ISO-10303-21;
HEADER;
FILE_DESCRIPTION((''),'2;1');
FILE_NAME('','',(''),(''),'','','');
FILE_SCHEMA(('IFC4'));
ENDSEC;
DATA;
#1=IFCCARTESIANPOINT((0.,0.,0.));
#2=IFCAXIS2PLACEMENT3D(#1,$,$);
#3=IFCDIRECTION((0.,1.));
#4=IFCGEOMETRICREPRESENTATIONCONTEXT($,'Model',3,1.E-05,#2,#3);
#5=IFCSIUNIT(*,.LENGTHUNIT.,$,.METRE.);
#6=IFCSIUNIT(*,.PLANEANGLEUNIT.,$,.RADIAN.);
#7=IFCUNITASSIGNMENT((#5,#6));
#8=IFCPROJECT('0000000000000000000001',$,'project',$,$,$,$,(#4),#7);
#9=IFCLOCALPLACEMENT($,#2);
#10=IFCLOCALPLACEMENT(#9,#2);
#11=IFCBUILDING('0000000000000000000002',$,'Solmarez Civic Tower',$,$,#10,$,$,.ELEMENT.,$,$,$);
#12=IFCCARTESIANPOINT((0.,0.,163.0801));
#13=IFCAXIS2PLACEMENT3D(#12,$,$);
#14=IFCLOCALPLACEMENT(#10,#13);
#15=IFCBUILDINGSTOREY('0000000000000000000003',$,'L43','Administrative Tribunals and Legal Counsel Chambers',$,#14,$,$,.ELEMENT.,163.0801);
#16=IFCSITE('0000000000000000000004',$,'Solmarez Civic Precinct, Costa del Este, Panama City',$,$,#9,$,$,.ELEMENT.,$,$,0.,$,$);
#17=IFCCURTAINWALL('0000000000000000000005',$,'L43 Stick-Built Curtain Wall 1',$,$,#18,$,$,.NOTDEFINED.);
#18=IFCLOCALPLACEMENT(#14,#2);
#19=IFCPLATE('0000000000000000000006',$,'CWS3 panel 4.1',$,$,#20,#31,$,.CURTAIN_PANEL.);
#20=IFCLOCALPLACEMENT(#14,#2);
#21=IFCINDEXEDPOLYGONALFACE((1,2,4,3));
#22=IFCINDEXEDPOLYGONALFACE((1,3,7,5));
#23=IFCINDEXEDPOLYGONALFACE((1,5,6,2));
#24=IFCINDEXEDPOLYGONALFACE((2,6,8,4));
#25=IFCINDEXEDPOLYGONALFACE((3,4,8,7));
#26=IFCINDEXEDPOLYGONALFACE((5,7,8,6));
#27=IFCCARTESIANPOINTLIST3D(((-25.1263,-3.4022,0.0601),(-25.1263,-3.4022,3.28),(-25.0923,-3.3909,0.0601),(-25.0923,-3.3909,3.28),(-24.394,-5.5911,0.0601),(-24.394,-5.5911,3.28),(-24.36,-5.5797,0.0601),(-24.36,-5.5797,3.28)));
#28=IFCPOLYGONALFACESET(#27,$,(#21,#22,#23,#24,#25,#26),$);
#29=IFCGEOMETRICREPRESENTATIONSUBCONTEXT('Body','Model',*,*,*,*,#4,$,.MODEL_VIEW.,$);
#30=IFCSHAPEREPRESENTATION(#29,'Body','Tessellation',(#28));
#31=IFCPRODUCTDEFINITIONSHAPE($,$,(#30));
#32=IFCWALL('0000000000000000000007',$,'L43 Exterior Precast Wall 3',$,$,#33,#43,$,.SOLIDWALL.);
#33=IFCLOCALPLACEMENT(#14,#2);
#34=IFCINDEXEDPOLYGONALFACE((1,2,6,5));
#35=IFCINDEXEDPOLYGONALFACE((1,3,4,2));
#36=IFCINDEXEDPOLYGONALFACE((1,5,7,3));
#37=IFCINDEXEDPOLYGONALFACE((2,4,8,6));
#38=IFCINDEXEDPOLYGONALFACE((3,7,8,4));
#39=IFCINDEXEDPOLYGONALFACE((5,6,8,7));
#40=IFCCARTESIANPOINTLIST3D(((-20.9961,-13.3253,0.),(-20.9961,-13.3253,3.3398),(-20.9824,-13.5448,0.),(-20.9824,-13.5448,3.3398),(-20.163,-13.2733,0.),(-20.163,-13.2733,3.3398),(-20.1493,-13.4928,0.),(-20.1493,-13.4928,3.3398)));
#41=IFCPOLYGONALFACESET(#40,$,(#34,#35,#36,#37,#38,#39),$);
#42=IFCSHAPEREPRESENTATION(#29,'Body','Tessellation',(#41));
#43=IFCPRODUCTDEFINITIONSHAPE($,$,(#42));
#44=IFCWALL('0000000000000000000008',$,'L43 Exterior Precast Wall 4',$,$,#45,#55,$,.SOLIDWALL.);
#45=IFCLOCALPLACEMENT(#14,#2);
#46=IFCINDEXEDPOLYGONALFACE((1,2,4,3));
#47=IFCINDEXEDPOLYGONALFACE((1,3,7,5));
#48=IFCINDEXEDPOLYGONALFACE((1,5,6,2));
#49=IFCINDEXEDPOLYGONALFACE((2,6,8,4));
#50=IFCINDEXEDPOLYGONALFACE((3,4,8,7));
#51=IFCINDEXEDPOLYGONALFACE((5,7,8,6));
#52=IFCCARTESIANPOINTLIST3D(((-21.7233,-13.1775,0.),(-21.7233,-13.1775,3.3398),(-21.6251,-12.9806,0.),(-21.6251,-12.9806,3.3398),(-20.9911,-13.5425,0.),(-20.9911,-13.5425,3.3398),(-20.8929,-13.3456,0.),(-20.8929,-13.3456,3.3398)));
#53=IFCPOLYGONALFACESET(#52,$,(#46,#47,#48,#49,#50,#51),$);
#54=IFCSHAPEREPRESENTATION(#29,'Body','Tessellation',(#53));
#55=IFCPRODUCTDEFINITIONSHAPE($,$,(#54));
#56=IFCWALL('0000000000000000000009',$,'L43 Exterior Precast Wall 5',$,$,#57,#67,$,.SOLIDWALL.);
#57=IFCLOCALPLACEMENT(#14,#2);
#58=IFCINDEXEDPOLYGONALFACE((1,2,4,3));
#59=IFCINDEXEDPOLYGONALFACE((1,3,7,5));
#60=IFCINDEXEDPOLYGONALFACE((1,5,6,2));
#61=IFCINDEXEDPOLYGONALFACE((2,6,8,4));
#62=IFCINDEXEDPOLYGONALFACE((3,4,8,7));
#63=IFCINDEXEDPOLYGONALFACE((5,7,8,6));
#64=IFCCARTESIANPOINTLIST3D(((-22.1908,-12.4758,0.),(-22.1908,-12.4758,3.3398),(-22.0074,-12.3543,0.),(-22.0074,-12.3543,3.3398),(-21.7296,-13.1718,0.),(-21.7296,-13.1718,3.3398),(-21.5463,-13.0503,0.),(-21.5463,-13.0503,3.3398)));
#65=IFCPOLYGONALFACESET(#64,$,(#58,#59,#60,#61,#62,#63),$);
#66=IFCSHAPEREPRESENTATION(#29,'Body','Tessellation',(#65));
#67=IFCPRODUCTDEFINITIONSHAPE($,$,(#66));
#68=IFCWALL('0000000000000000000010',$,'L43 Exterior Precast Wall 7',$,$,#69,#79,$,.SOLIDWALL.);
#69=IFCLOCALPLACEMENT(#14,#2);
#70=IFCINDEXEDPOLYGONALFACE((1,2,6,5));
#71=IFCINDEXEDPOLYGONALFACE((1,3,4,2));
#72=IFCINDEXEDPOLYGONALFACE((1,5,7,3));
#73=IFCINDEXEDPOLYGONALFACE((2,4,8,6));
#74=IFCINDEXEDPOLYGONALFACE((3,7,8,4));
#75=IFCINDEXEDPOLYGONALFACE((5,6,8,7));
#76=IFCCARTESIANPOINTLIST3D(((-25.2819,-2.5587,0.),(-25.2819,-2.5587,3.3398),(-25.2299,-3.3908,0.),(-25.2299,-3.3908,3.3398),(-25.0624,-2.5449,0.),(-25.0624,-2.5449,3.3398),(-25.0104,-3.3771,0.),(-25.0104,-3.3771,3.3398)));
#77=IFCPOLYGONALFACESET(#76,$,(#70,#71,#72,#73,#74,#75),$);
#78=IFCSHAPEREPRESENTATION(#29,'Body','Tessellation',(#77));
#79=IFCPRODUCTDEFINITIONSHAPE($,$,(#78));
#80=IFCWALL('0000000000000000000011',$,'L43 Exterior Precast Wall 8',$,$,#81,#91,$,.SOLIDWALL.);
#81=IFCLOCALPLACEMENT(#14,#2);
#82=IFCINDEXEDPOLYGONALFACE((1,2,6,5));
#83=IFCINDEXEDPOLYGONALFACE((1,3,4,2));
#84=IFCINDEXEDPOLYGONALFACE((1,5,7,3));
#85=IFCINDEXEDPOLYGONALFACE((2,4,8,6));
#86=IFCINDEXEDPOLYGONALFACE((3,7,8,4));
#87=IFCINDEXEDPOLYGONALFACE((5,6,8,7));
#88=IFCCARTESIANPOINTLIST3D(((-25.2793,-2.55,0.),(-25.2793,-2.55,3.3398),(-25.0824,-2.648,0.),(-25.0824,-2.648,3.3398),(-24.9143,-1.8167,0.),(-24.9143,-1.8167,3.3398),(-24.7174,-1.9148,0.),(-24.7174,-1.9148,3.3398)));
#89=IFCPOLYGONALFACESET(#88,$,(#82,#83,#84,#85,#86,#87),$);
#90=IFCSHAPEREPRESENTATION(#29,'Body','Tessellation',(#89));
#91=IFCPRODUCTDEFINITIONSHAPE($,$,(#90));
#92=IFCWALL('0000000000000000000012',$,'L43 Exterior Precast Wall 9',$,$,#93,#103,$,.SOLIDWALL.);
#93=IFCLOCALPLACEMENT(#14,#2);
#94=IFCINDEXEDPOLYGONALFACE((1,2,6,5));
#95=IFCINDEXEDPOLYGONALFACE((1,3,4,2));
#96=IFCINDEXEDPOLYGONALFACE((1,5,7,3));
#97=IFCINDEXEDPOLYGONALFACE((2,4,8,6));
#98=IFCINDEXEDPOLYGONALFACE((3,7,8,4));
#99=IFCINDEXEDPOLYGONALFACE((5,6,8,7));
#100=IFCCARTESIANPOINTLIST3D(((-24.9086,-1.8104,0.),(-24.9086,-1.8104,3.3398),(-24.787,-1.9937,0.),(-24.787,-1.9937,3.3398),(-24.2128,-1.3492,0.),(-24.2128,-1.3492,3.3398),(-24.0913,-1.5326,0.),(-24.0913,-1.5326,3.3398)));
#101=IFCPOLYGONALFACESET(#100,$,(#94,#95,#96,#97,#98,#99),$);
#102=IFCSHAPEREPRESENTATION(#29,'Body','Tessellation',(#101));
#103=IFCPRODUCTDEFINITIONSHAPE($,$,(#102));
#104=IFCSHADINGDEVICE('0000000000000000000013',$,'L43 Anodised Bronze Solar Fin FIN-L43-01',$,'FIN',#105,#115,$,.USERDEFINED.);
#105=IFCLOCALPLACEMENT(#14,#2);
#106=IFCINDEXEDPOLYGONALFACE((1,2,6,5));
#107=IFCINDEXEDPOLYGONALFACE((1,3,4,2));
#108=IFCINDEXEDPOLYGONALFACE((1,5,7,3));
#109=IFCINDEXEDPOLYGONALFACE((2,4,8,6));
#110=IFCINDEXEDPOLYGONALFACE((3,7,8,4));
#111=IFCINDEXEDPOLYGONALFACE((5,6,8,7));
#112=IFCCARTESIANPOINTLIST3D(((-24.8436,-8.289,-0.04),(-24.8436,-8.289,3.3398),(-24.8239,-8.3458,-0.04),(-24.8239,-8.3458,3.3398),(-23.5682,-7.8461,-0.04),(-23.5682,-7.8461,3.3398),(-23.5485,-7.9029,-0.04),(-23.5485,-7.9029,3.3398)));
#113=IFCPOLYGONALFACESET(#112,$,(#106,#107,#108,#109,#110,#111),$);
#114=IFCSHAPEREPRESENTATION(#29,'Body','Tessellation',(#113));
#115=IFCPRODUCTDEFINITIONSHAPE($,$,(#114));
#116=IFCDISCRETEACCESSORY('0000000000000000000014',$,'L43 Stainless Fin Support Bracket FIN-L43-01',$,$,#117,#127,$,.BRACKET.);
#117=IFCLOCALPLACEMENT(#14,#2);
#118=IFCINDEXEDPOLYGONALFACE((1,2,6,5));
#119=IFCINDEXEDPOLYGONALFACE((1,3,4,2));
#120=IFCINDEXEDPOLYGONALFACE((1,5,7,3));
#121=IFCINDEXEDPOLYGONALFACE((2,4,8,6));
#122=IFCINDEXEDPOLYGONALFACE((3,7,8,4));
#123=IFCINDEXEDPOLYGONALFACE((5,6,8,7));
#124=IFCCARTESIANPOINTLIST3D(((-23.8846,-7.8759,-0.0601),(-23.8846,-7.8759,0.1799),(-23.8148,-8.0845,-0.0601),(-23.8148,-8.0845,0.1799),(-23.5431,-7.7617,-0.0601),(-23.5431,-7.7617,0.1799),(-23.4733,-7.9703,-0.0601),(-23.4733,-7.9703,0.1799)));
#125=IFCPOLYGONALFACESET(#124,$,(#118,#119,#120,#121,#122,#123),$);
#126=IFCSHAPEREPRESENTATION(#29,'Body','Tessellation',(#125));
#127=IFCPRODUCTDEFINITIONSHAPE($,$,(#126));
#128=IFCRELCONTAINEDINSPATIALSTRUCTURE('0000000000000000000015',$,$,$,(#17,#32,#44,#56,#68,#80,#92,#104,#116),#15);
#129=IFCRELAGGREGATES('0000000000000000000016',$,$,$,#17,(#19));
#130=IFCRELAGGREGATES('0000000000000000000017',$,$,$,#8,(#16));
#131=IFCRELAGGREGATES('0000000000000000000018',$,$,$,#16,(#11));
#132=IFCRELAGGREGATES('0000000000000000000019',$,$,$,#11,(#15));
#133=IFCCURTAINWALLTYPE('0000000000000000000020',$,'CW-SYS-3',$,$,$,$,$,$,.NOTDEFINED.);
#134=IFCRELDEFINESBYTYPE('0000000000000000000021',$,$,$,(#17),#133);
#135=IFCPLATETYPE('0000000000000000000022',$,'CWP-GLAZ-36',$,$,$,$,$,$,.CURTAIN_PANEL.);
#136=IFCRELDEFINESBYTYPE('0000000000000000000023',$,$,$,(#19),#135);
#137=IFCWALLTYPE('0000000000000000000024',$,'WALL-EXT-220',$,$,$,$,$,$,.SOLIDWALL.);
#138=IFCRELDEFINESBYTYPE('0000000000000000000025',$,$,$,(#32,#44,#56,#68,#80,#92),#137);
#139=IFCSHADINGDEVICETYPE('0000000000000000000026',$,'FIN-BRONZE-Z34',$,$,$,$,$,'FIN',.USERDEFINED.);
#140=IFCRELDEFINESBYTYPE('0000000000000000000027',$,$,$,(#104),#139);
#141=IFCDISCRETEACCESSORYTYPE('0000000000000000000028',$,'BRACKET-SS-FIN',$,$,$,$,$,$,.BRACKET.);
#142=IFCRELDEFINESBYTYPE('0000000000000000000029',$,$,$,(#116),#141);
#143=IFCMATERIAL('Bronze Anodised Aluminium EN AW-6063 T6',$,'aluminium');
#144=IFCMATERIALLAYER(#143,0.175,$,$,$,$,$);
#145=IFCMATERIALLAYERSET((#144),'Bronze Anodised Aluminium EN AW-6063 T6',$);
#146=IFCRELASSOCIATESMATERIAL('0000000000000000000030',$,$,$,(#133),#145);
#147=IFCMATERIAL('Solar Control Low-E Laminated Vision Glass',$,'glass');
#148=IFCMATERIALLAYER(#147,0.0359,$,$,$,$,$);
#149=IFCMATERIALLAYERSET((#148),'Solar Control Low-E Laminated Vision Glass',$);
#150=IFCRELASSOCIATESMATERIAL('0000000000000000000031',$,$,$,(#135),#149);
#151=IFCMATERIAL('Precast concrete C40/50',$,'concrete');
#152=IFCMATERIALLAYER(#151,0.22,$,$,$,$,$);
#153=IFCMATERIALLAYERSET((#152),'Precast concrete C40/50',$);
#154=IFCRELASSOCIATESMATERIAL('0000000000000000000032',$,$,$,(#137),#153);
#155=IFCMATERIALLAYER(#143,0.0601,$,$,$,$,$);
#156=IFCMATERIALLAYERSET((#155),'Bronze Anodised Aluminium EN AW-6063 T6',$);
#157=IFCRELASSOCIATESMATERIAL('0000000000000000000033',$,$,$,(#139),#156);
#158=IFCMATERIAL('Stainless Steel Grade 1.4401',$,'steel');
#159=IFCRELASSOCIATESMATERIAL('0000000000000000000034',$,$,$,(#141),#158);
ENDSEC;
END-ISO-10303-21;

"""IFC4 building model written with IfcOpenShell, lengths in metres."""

from ifc_helpers import new_model, si_unit, direction, frame, frame_2d, origin, origin_2d, place, context, subcontext, project, spatial, rectangle, extrude, material, layer, layer_set, type_object, element, aggregate, save


model = new_model("IFC4")

# Units and contexts
model_context = context("Model", 3, precision=1e-05, world=origin(), true_north=direction((0.0, 1.0)))
body_context = subcontext(model_context, "Body", "Model", "MODEL_VIEW")
ifc_project = project(units=[si_unit("LENGTHUNIT", "METRE"), si_unit("PLANEANGLEUNIT", "RADIAN")], contexts=[model_context])

# Site, building, storey
site_placement = place(None, origin())
site = spatial("IfcSite", under=ifc_project, at=site_placement, Name="Solmarez Civic Precinct, Costa del Este, Panama City", CompositionType="ELEMENT", RefElevation=0.0)
building_placement = place(site_placement, origin())
building = spatial("IfcBuilding", under=site, at=building_placement, Name="Solmarez Civic Tower", CompositionType="ELEMENT")
storey_placement = place(building_placement, frame((0.0, 0.0, 163.0801)))
storey = spatial("IfcBuildingStorey", under=building, at=storey_placement, Name="L43", Description="Administrative Tribunals and Legal Counsel Chambers", CompositionType="ELEMENT", Elevation=163.0801)

# Curtain wall, plate
ifc_material_1 = material(Name="Bronze Anodised Aluminium EN AW-6063 T6", Category="aluminium")
ifc_layer_1 = layer(ifc_material_1, 0.175)
ifc_layer_set_1 = layer_set([ifc_layer_1], Name="Bronze Anodised Aluminium EN AW-6063 T6")
curtain_wall_type = type_object("IfcCurtainWallType", Name="CW-SYS-3", PredefinedType="NOTDEFINED", material=ifc_layer_set_1)
curtain_wall_placement = place(storey_placement, origin())
curtain_wall = element("IfcCurtainWall", 1, at=curtain_wall_placement, inside=storey, type_object=curtain_wall_type, Name="L43 Stick-Built Curtain Wall 1", PredefinedType="NOTDEFINED")
ifc_material_2 = material(Name="Solar Control Low-E Laminated Vision Glass", Category="glass")
ifc_layer_2 = layer(ifc_material_2, 0.0359)
ifc_layer_set_2 = layer_set([ifc_layer_2], Name="Solar Control Low-E Laminated Vision Glass")
plate_type = type_object("IfcPlateType", Name="CWP-GLAZ-36", PredefinedType="CURTAIN_PANEL", material=ifc_layer_set_2)
plate_1_placement = place(storey_placement, frame((-24.7432, -4.491, 0.0601), z_axis=(0.0, 0.0, 1.0), x_axis=(-0.317288, 0.948329, 0.0)))
plate_1 = element("IfcPlate", 2, at=plate_1_placement, type_object=plate_type, Name="CWS3 panel 4.1", PredefinedType="CURTAIN_PANEL", context=body_context, shape_type="SweptSolid", body=[
    extrude(rectangle(XDim=2.3081, YDim=0.0359, at=origin_2d()), origin(), (0.0, 0.0, 1.0), 3.22),
])
aggregate(curtain_wall, [plate_1])

# Walls
ifc_material_3 = material(Name="Precast concrete C40/50", Category="concrete")
ifc_layer_3 = layer(ifc_material_3, 0.22)
ifc_layer_set_3 = layer_set([ifc_layer_3], Name="Precast concrete C40/50")
wall_type = type_object("IfcWallType", Name="WALL-EXT-220", PredefinedType="SOLIDWALL", material=ifc_layer_set_3)
wall_1_placement = place(storey_placement, frame((-20.156, -13.3831, 0.0), z_axis=(0.0, 0.0, 1.0), x_axis=(-0.998057, -0.062305, 0.0)))
element("IfcWall", 3, at=wall_1_placement, inside=storey, type_object=wall_type, Name="L43 Exterior Precast Wall 3", PredefinedType="SOLIDWALL", context=body_context, shape_type="SweptSolid", body=[
    extrude(rectangle(XDim=0.8347, YDim=0.22, at=frame_2d((0.4175, 0.0))), origin(), (0.0, 0.0, 1.0), 3.3398),
])
wall_2_placement = place(storey_placement, frame((-20.9419, -13.4441, 0.0), z_axis=(0.0, 0.0, 1.0), x_axis=(-0.894964, 0.446139, 0.0)))
element("IfcWall", 4, at=wall_2_placement, inside=storey, type_object=wall_type, Name="L43 Exterior Precast Wall 4", PredefinedType="SOLIDWALL", context=body_context, shape_type="SweptSolid", body=[
    extrude(rectangle(XDim=0.8181, YDim=0.22, at=frame_2d((0.4092, 0.0))), origin(), (0.0, 0.0, 1.0), 3.3398),
])
wall_3_placement = place(storey_placement, frame((-21.6379, -13.1111, 0.0), z_axis=(0.0, 0.0, 1.0), x_axis=(-0.552336, 0.833621, 0.0)))
element("IfcWall", 5, at=wall_3_placement, inside=storey, type_object=wall_type, Name="L43 Exterior Precast Wall 5", PredefinedType="SOLIDWALL", context=body_context, shape_type="SweptSolid", body=[
    extrude(rectangle(XDim=0.835, YDim=0.22, at=frame_2d((0.4175, 0.0))), origin(), (0.0, 0.0, 1.0), 3.3398),
])
wall_4_placement = place(storey_placement, frame((-25.1201, -3.384, 0.0), z_axis=(0.0, 0.0, 1.0), x_axis=(-0.062378, 0.998053, 0.0)))
element("IfcWall", 6, at=wall_4_placement, inside=storey, type_object=wall_type, Name="L43 Exterior Precast Wall 7", PredefinedType="SOLIDWALL", context=body_context, shape_type="SweptSolid", body=[
    extrude(rectangle(XDim=0.8337, YDim=0.22, at=frame_2d((0.417, 0.0))), origin(), (0.0, 0.0, 1.0), 3.3398),
])
wall_5_placement = place(storey_placement, frame((-25.1809, -2.5991, 0.0), z_axis=(0.0, 0.0, 1.0), x_axis=(0.445663, 0.895201, 0.0)))
element("IfcWall", 7, at=wall_5_placement, inside=storey, type_object=wall_type, Name="L43 Exterior Precast Wall 8", PredefinedType="SOLIDWALL", context=body_context, shape_type="SweptSolid", body=[
    extrude(rectangle(XDim=0.8191, YDim=0.22, at=frame_2d((0.4097, 0.0))), origin(), (0.0, 0.0, 1.0), 3.3398),
])
wall_6_placement = place(storey_placement, frame((-24.8479, -1.9021, 0.0), z_axis=(0.0, 0.0, 1.0), x_axis=(0.833532, 0.552471, 0.0)))
element("IfcWall", 8, at=wall_6_placement, inside=storey, type_object=wall_type, Name="L43 Exterior Precast Wall 9", PredefinedType="SOLIDWALL", context=body_context, shape_type="SweptSolid", body=[
    extrude(rectangle(XDim=0.8347, YDim=0.22, at=frame_2d((0.4175, 0.0))), origin(), (0.0, 0.0, 1.0), 3.3398),
])

# Shading device
ifc_layer_4 = layer(ifc_material_1, 0.0601)
ifc_layer_set_4 = layer_set([ifc_layer_4], Name="Bronze Anodised Aluminium EN AW-6063 T6")
shading_device_type = type_object("IfcShadingDeviceType", Name="FIN-BRONZE-Z34", ElementType="FIN", PredefinedType="USERDEFINED", material=ifc_layer_set_4)
shading_device_placement = place(storey_placement, frame((-24.196, -8.0959, -0.04), z_axis=(0.0, 0.0, 1.0), x_axis=(-0.944663, -0.328042, 0.0)))
element("IfcShadingDevice", 9, at=shading_device_placement, inside=storey, type_object=shading_device_type, Name="L43 Anodised Bronze Solar Fin FIN-L43-01", ObjectType="FIN", PredefinedType="USERDEFINED", context=body_context, shape_type="SweptSolid", body=[
    extrude(rectangle(XDim=1.3501, YDim=0.0601, at=origin_2d()), origin(), (0.0, 0.0, 1.0), 3.3799),
])

# Discrete accessory
ifc_material_4 = material(Name="Stainless Steel Grade 1.4401", Category="steel")
discrete_accessory_type = type_object("IfcDiscreteAccessoryType", Name="BRACKET-SS-FIN", PredefinedType="BRACKET", material=ifc_material_4)
discrete_accessory_placement = place(storey_placement, frame((-23.679, -7.9231, -0.0601), z_axis=(0.0, 0.0, 1.0), x_axis=(-0.948327, -0.317293, 0.0)))
element("IfcDiscreteAccessory", 10, at=discrete_accessory_placement, inside=storey, type_object=discrete_accessory_type, Name="L43 Stainless Fin Support Bracket FIN-L43-01", PredefinedType="BRACKET", context=body_context, shape_type="SweptSolid", body=[
    extrude(rectangle(XDim=0.3601, YDim=0.22, at=origin_2d()), origin(), (0.0, 0.0, 1.0), 0.24),
])

save(model, "model.ifc")
